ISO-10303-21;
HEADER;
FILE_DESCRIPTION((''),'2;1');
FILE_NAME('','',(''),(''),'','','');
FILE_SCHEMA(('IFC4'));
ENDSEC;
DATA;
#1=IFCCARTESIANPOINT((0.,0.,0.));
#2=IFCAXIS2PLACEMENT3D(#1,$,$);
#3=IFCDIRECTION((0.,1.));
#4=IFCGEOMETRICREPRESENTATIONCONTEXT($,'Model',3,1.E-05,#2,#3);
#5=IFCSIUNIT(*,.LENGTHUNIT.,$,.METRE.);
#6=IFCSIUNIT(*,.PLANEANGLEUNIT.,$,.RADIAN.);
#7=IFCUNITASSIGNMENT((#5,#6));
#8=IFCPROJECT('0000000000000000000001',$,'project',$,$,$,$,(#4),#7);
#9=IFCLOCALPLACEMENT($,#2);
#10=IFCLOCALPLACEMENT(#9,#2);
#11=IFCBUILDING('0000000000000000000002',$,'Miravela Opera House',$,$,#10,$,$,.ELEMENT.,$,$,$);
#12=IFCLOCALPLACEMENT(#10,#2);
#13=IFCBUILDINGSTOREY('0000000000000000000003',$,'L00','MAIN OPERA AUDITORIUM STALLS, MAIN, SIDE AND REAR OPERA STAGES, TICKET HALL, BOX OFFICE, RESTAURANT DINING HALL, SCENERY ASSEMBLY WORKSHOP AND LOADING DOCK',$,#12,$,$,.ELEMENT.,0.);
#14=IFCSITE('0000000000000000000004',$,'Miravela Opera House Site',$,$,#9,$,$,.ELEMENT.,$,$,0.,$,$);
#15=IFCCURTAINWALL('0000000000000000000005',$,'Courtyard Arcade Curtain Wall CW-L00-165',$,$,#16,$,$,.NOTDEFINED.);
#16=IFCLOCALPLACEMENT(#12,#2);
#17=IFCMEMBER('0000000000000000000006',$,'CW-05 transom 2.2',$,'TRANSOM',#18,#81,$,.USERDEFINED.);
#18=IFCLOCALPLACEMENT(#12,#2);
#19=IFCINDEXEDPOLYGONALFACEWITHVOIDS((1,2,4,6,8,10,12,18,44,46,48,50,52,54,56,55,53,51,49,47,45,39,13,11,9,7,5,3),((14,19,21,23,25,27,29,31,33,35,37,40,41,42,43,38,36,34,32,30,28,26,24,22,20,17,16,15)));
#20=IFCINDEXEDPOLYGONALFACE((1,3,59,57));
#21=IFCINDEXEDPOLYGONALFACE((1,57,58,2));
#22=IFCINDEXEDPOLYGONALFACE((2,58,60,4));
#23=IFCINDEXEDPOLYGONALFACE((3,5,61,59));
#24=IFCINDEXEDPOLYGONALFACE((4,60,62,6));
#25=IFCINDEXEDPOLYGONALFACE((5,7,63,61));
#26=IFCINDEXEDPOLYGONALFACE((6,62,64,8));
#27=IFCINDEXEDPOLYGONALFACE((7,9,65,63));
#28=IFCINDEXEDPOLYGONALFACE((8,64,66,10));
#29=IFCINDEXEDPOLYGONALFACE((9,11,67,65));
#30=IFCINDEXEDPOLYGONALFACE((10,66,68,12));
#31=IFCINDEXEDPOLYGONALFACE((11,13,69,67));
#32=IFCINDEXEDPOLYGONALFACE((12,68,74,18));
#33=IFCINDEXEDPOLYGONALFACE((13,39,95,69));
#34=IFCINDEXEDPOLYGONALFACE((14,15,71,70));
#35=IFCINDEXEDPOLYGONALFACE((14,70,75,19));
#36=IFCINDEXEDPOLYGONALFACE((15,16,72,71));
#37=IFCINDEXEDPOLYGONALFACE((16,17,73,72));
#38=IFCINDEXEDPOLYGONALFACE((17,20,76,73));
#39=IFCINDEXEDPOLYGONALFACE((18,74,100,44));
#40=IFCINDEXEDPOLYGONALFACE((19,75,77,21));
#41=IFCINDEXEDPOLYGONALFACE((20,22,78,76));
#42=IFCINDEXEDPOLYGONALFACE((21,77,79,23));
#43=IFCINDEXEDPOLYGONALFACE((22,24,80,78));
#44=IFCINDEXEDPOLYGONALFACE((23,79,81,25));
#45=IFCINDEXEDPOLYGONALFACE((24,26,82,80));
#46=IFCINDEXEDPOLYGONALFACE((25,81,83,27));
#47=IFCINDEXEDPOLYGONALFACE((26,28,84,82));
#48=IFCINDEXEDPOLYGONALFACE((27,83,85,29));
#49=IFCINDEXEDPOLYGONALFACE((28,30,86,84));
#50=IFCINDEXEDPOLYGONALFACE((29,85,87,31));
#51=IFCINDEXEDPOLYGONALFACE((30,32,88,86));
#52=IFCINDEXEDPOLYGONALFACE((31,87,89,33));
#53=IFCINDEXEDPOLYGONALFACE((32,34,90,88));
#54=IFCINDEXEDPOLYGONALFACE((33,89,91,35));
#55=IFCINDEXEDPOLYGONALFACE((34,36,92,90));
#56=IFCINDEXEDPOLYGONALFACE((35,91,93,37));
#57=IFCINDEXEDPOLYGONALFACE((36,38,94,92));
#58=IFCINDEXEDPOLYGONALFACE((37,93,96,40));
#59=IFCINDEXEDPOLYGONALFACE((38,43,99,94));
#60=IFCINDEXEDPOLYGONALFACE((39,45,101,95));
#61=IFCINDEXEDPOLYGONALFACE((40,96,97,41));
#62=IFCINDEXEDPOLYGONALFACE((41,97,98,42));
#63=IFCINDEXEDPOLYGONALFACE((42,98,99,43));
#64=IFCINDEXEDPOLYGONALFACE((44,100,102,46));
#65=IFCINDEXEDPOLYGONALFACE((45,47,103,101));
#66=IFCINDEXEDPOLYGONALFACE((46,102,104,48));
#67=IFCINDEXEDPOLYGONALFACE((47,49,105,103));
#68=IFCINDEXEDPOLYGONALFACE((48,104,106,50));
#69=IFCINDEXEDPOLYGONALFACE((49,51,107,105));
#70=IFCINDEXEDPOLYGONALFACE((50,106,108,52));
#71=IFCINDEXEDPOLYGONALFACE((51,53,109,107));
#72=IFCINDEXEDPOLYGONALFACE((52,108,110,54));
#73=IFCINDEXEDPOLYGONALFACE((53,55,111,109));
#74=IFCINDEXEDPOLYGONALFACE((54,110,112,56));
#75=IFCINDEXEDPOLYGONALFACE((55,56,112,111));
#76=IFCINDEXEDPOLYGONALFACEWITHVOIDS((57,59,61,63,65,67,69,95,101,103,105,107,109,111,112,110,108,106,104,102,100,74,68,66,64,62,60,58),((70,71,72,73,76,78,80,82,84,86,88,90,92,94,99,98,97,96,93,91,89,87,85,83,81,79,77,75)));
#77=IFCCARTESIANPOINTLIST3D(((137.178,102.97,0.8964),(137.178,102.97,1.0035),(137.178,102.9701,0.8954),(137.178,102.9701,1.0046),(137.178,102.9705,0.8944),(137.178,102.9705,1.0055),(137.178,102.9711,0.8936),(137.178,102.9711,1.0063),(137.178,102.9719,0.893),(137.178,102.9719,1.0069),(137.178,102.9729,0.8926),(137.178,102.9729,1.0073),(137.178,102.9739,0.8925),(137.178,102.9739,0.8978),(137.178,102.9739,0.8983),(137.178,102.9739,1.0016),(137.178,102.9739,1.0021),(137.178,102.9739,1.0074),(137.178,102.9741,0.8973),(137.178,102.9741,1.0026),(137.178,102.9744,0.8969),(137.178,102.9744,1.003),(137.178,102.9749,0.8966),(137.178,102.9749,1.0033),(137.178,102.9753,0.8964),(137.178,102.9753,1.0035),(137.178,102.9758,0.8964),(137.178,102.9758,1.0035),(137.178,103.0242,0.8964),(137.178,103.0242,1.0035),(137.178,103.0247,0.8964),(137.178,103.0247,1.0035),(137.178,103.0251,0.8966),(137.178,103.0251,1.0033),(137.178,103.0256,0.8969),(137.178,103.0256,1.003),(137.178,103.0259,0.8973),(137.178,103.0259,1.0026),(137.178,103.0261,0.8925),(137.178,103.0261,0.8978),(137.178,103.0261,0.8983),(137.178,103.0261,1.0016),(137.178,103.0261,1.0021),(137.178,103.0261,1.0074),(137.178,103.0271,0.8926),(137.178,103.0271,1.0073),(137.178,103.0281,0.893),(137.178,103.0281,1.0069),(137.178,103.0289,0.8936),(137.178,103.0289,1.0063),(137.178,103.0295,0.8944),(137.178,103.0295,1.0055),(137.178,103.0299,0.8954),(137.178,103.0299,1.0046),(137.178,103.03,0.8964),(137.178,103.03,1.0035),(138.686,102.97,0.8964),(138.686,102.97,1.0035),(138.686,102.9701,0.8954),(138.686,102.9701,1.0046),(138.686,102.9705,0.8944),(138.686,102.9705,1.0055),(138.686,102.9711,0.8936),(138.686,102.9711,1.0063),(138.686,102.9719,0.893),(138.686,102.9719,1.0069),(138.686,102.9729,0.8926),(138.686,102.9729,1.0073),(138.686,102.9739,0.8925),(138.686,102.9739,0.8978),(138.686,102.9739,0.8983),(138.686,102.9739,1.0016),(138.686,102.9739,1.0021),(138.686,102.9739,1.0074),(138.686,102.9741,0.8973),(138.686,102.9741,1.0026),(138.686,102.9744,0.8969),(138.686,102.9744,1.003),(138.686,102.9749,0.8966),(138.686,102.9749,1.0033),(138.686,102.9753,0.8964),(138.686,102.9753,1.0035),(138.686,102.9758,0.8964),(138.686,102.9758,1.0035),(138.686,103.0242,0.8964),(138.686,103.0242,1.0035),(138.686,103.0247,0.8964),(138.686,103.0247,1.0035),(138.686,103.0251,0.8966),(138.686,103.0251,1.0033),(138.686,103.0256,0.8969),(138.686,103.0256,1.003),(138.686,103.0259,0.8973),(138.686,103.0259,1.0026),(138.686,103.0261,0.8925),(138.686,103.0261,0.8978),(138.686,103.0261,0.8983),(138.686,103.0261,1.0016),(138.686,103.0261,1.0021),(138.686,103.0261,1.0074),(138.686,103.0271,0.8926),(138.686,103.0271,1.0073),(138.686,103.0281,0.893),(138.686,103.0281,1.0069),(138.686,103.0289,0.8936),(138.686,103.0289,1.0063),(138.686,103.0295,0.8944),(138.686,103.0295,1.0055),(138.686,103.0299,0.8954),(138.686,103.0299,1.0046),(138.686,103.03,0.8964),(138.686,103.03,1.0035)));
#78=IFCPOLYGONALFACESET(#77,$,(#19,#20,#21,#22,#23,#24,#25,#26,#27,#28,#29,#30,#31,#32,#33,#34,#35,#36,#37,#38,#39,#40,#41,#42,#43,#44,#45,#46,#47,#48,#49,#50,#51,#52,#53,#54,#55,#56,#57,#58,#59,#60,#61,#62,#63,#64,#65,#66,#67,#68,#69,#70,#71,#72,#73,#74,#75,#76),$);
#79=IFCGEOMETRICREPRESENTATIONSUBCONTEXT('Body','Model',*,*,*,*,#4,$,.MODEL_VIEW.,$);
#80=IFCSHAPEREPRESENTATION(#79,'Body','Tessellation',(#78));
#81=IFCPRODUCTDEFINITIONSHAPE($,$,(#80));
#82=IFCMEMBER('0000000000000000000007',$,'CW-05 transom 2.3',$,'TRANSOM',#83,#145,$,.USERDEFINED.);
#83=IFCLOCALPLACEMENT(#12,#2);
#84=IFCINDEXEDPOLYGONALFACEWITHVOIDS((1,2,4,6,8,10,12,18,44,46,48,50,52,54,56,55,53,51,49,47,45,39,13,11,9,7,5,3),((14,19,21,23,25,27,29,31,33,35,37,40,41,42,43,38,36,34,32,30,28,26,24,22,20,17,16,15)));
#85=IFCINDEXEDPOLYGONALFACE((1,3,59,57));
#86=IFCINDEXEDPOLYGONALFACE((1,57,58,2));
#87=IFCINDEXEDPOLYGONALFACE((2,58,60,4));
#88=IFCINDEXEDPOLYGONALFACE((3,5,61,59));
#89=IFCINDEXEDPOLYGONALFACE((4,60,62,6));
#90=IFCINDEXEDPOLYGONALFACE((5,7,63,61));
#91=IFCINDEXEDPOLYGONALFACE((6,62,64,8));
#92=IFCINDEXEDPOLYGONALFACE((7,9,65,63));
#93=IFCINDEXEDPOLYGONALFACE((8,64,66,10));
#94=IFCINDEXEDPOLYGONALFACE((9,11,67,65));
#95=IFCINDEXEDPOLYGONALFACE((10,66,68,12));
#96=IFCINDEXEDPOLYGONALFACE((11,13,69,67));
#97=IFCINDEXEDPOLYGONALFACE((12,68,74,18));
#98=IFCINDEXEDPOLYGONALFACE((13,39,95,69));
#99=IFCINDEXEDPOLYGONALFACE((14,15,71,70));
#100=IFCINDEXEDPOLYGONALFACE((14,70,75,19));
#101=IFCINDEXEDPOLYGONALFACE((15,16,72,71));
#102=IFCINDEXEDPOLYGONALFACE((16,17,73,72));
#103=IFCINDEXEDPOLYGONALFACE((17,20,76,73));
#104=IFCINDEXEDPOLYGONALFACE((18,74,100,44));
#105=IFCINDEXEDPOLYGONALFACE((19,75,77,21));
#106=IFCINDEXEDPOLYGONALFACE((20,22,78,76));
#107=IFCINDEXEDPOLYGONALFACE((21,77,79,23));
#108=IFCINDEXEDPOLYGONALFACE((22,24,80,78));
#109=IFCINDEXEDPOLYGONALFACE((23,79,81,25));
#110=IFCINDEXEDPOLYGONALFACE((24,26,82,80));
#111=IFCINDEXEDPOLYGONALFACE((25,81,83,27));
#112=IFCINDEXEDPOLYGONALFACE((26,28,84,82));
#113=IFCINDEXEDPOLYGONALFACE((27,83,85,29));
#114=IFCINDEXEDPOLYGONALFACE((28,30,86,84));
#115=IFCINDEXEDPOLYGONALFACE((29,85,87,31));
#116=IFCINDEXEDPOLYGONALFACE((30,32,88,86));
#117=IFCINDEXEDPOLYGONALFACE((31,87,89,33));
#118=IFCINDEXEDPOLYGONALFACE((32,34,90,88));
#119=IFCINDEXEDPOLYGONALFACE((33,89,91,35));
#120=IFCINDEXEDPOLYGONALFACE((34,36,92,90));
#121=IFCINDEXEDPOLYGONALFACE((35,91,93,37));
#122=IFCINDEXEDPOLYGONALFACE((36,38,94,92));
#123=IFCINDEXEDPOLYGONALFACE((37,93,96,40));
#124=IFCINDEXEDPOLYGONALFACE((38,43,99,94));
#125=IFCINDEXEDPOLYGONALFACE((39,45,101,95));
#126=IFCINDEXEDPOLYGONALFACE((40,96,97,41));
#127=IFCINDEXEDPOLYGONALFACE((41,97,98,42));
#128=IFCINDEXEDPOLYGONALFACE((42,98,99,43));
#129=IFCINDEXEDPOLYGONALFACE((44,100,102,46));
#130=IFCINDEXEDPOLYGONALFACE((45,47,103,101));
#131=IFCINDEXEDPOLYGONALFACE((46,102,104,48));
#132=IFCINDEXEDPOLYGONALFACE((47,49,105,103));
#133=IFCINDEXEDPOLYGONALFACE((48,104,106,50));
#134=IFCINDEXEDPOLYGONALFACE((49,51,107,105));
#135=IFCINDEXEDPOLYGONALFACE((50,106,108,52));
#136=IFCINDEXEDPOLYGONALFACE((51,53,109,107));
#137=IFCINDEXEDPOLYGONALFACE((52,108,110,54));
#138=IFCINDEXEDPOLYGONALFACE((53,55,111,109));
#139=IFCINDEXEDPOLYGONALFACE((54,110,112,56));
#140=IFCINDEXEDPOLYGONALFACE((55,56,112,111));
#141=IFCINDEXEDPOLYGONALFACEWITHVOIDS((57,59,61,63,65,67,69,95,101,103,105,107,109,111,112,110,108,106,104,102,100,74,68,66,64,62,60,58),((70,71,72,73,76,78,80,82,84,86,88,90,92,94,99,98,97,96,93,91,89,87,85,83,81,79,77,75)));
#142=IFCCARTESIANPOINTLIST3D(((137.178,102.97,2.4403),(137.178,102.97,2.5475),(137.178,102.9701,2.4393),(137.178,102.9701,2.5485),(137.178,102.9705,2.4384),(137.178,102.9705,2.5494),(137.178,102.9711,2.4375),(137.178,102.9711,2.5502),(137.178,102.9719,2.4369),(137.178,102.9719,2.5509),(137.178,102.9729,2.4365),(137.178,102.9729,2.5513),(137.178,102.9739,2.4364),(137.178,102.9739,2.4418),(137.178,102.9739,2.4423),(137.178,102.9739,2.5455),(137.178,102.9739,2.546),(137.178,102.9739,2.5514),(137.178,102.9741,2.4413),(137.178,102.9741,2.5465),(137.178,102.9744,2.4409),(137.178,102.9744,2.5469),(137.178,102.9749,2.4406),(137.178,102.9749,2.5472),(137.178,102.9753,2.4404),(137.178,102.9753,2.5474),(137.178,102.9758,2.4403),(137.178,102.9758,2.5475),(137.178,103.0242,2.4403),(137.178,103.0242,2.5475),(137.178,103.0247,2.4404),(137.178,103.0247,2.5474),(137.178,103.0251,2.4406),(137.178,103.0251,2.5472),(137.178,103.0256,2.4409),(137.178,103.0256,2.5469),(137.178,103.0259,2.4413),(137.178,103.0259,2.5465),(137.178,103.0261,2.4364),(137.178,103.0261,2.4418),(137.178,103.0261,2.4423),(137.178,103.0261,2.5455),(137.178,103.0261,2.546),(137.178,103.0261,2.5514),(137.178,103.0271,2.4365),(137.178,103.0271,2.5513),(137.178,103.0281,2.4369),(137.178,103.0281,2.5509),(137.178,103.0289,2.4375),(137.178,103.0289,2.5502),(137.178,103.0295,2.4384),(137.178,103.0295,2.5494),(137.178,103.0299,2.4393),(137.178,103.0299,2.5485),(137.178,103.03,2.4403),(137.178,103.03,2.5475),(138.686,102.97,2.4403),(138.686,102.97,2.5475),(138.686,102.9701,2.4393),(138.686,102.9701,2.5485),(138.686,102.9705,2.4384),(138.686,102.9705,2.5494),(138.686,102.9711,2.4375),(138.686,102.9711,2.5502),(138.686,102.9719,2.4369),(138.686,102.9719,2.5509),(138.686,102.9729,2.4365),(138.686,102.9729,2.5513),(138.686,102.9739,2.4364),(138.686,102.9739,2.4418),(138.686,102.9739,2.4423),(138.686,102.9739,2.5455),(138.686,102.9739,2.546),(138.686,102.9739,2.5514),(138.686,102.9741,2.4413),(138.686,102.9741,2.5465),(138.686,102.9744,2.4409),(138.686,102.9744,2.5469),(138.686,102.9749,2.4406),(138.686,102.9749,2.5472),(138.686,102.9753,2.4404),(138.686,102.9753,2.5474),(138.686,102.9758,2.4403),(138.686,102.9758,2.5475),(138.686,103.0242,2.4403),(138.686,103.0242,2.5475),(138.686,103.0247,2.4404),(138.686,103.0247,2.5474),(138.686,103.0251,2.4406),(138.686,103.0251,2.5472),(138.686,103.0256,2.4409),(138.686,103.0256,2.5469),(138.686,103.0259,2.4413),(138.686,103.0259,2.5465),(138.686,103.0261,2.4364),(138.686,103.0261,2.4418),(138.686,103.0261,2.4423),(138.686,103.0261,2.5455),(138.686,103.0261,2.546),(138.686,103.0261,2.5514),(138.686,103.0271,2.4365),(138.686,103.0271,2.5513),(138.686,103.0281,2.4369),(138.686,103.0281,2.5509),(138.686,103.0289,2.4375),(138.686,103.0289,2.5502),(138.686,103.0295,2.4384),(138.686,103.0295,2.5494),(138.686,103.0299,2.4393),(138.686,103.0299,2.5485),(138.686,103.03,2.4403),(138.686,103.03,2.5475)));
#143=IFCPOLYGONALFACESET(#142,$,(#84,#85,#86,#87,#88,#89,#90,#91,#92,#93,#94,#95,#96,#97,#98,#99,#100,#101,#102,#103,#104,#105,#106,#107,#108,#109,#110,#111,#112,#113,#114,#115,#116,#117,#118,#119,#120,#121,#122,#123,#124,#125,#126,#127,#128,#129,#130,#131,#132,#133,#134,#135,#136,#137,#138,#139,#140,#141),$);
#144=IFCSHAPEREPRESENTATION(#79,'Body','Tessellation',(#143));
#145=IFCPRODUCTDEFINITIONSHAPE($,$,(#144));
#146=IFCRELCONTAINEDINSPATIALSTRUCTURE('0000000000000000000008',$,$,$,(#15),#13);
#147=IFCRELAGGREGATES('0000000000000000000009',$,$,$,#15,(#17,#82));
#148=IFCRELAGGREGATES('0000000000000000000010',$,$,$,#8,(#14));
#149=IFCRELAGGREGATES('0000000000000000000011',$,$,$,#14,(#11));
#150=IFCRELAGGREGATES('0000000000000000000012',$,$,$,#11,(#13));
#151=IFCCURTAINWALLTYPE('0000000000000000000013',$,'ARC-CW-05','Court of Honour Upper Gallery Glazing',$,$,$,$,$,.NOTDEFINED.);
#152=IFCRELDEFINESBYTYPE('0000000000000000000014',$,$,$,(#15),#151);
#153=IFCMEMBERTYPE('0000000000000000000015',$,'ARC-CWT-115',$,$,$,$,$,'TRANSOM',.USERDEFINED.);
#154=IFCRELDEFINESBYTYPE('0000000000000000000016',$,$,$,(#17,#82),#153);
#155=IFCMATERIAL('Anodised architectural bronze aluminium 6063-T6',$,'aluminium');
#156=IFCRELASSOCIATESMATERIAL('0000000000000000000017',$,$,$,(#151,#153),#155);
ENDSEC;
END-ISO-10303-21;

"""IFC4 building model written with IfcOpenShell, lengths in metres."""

from ifc_helpers import new_model, si_unit, direction, frame, origin, origin_2d, place, context, subcontext, project, spatial, hollow_rectangle, extrude, material, material_profile, profile_set, type_object, element, aggregate, save


model = new_model("IFC4")

# Units and contexts
model_context = context("Model", 3, precision=1e-05, world=origin(), true_north=direction((0.0, 1.0)))
body_context = subcontext(model_context, "Body", "Model", "MODEL_VIEW")
ifc_project = project(units=[si_unit("LENGTHUNIT", "METRE"), si_unit("PLANEANGLEUNIT", "RADIAN")], contexts=[model_context])

# Site, building, storey
site_placement = place(None, origin())
site = spatial("IfcSite", under=ifc_project, at=site_placement, Name="Miravela Opera House Site", CompositionType="ELEMENT", RefElevation=0.0)
building_placement = place(site_placement, origin())
building = spatial("IfcBuilding", under=site, at=building_placement, Name="Miravela Opera House", CompositionType="ELEMENT")
storey_placement = place(building_placement, origin())
storey = spatial("IfcBuildingStorey", under=building, at=storey_placement, Name="L00", Description="MAIN OPERA AUDITORIUM STALLS, MAIN, SIDE AND REAR OPERA STAGES, TICKET HALL, BOX OFFICE, RESTAURANT DINING HALL, SCENERY ASSEMBLY WORKSHOP AND LOADING DOCK", CompositionType="ELEMENT", Elevation=0.0)

# Curtain wall, members
ifc_material_1 = material(Name="Anodised architectural bronze aluminium 6063-T6", Category="aluminium")
curtain_wall_type = type_object("IfcCurtainWallType", Name="ARC-CW-05", Description="Court of Honour Upper Gallery Glazing", PredefinedType="NOTDEFINED", material=ifc_material_1)
curtain_wall_placement = place(storey_placement, origin())
curtain_wall = element("IfcCurtainWall", 1, at=curtain_wall_placement, inside=storey, type_object=curtain_wall_type, Name="Courtyard Arcade Curtain Wall CW-L00-165", PredefinedType="NOTDEFINED")
ifc_material_profile_1 = material_profile(ifc_material_1, hollow_rectangle(XDim=0.0601, YDim=0.115, WallThickness=0.0039, InnerFilletRadius=0.002, OuterFilletRadius=0.0039, at=origin_2d()), Name="CWT-60X115")
ifc_profile_set_1 = profile_set([ifc_material_profile_1])
member_type_1 = type_object("IfcMemberType", Name="ARC-CWT-115", ElementType="TRANSOM", PredefinedType="USERDEFINED", material=ifc_profile_set_1)
member_1_placement = place(storey_placement, frame((137.178, 103.0, 0.95), z_axis=(1.0, 0.0, 0.0), x_axis=(0.0, 1.0, 0.0)))
member_1 = element("IfcMember", 2, at=member_1_placement, type_object=member_type_1, Name="CW-05 transom 2.2", ObjectType="TRANSOM", PredefinedType="USERDEFINED", context=body_context, shape_type="SweptSolid", body=[
    extrude(hollow_rectangle(XDim=0.0601, YDim=0.115, WallThickness=0.0039, InnerFilletRadius=0.002, OuterFilletRadius=0.0039, at=origin_2d()), origin(), (0.0, 0.0, 1.0), 1.5081),
])
member_2_placement = place(storey_placement, frame((137.178, 103.0, 2.4939), z_axis=(1.0, 0.0, 0.0), x_axis=(0.0, 1.0, 0.0)))
member_2 = element("IfcMember", 3, at=member_2_placement, type_object=member_type_1, Name="CW-05 transom 2.3", ObjectType="TRANSOM", PredefinedType="USERDEFINED", context=body_context, shape_type="SweptSolid", body=[
    extrude(hollow_rectangle(XDim=0.0601, YDim=0.115, WallThickness=0.0039, InnerFilletRadius=0.002, OuterFilletRadius=0.0039, at=origin_2d()), origin(), (0.0, 0.0, 1.0), 1.5081),
])

aggregate(curtain_wall, [member_1, member_2])

save(model, "model.ifc")
